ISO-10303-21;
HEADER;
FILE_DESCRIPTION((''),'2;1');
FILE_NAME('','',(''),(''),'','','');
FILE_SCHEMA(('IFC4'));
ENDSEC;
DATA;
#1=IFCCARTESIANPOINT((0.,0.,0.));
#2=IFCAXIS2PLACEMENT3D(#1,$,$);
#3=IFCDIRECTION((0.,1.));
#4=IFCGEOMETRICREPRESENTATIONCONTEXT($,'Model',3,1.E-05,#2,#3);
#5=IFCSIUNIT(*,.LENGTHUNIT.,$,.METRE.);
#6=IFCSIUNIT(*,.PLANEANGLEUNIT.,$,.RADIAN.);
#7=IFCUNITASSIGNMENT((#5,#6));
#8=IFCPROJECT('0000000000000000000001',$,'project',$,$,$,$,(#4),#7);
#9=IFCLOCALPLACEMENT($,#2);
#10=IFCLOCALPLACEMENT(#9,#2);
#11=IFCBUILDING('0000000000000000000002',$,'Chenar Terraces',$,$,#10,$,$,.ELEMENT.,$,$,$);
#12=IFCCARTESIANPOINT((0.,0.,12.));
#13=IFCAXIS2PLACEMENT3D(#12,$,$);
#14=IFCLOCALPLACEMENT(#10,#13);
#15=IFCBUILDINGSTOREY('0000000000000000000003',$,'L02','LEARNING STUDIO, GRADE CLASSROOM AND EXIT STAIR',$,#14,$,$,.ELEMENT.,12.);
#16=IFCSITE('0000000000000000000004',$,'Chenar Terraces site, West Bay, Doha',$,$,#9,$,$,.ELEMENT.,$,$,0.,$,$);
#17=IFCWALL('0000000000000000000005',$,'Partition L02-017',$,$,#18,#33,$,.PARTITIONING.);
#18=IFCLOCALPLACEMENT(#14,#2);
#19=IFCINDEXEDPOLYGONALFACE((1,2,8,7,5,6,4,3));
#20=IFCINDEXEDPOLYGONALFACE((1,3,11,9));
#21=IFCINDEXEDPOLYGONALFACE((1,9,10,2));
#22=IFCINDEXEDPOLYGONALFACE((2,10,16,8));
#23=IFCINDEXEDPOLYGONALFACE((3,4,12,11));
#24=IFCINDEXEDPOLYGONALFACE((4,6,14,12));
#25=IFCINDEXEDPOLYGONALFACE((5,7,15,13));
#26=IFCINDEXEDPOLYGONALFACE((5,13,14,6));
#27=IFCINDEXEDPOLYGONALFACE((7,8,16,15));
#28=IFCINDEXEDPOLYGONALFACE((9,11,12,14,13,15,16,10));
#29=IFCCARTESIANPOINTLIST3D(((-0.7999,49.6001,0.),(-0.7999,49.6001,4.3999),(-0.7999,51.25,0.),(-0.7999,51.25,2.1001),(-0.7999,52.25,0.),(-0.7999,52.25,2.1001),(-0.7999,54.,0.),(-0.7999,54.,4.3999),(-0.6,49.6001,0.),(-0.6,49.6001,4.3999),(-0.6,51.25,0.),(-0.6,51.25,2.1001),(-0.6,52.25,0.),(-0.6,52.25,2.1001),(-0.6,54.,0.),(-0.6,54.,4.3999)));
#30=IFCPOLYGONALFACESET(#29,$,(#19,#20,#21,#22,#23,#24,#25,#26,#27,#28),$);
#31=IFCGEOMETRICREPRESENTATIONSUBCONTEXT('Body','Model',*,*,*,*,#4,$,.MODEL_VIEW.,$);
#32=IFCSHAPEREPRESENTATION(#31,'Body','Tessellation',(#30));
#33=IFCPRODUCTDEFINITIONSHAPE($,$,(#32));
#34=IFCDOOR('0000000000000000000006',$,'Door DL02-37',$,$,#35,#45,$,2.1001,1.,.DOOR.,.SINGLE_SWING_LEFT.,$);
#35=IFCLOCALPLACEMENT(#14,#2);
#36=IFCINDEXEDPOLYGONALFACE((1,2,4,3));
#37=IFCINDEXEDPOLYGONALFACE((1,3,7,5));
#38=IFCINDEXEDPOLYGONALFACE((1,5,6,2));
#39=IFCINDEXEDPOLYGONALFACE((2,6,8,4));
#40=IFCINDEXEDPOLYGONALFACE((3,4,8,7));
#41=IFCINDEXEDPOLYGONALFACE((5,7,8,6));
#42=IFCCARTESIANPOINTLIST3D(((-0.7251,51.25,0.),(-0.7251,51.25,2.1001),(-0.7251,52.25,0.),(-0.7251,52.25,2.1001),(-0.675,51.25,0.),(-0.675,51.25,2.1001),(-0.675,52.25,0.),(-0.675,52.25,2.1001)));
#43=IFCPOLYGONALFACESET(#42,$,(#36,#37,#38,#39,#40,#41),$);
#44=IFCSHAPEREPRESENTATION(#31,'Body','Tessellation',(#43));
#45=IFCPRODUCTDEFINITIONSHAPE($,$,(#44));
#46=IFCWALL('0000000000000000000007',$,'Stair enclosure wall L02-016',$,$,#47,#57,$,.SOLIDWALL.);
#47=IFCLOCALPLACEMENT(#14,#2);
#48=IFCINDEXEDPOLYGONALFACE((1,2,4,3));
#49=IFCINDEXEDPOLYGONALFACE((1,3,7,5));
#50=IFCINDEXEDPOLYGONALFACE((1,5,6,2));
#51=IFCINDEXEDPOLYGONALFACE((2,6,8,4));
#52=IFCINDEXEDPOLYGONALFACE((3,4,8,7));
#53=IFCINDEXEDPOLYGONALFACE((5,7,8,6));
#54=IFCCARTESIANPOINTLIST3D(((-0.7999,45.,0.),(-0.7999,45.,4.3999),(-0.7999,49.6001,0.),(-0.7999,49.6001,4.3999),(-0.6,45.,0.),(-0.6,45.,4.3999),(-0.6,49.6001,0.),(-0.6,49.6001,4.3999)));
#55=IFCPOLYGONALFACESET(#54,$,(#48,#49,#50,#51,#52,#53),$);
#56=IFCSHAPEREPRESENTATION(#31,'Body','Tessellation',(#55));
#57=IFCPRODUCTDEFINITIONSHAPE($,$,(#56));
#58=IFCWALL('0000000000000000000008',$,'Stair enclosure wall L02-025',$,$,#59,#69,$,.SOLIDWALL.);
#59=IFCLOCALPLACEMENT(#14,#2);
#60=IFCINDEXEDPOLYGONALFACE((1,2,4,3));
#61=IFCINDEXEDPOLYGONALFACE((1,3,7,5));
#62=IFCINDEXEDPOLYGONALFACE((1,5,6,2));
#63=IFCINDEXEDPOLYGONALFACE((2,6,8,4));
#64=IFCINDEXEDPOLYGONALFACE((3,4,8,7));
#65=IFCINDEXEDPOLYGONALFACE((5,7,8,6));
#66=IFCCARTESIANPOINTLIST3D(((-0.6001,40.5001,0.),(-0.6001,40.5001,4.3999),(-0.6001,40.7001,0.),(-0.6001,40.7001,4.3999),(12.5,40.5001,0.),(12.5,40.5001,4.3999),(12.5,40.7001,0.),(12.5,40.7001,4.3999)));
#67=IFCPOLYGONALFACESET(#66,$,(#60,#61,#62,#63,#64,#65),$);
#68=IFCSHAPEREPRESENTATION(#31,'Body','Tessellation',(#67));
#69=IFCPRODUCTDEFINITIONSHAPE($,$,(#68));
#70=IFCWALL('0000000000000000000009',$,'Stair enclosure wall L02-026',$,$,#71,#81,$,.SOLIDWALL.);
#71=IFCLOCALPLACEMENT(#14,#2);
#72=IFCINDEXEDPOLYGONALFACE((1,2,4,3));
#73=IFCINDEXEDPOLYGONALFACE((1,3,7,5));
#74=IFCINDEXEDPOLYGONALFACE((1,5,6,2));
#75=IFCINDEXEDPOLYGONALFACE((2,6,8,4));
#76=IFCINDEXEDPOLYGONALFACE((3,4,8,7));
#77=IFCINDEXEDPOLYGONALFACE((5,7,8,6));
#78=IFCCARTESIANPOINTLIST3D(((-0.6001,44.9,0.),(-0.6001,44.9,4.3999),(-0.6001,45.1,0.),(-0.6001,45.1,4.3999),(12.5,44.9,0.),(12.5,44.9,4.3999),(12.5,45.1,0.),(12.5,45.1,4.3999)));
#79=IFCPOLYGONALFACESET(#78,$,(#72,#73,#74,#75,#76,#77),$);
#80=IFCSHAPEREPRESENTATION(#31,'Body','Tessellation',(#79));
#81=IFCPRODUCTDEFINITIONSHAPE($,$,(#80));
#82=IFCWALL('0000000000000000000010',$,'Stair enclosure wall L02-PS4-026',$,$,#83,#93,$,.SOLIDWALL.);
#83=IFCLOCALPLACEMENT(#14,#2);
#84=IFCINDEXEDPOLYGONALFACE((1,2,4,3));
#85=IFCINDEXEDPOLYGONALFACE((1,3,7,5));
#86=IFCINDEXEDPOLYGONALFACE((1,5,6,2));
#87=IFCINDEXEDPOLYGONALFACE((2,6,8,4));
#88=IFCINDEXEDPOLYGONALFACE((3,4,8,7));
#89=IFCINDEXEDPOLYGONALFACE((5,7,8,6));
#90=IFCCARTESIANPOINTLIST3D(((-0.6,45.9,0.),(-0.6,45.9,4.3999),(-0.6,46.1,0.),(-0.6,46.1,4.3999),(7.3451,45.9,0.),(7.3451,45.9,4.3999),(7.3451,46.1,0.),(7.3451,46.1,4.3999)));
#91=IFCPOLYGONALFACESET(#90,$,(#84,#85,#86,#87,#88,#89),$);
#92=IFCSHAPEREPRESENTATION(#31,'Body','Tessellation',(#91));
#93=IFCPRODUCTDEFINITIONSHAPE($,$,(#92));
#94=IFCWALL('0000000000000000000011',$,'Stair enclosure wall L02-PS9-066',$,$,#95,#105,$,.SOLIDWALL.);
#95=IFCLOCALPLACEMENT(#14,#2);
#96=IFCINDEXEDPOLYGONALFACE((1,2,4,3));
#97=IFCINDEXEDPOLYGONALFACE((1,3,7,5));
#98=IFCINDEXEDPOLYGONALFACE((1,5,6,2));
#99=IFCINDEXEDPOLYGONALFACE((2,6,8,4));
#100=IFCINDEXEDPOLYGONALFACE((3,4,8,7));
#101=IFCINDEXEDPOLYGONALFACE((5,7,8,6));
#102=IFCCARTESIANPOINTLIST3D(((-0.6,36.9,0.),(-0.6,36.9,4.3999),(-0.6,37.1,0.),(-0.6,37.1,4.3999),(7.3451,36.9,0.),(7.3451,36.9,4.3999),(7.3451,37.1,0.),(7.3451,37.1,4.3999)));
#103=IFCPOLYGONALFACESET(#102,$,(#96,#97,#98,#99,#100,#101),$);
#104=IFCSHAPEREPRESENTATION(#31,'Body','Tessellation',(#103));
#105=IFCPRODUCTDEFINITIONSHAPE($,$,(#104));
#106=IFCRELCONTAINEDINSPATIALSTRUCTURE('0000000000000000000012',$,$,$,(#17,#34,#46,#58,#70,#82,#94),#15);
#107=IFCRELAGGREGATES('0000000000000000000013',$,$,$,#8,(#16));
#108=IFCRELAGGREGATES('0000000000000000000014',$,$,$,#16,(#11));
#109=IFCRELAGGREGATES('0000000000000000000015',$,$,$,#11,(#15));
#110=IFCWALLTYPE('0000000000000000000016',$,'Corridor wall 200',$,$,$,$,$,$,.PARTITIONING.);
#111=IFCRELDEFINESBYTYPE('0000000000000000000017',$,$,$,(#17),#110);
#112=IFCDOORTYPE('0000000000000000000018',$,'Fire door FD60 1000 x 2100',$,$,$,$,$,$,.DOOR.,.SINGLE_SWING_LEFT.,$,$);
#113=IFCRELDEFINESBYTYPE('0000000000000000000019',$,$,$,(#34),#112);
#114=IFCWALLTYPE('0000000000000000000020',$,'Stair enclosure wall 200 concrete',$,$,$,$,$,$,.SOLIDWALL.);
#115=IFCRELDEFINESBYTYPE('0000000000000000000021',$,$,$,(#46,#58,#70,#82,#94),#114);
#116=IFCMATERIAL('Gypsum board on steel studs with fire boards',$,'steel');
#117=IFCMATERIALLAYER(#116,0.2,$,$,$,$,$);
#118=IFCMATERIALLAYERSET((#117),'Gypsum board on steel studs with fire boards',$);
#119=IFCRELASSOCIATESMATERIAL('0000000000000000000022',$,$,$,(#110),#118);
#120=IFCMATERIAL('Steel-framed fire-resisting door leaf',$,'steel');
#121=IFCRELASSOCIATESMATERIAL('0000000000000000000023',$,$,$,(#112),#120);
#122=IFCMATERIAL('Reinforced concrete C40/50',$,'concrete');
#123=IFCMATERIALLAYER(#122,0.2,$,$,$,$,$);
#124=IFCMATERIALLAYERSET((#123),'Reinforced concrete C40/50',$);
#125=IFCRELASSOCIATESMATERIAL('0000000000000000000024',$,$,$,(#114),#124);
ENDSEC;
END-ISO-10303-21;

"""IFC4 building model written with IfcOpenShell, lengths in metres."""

from ifc_helpers import new_model, si_unit, direction, frame, frame_2d, origin, place, context, subcontext, project, spatial, rectangle, extrude, material, layer, layer_set, type_object, element, fill, save


model = new_model("IFC4")

# Units and contexts
model_context = context("Model", 3, precision=1e-05, world=origin(), true_north=direction((0.0, 1.0)))
body_context = subcontext(model_context, "Body", "Model", "MODEL_VIEW")
ifc_project = project(units=[si_unit("LENGTHUNIT", "METRE"), si_unit("PLANEANGLEUNIT", "RADIAN")], contexts=[model_context])

# Site, building, storey
site_placement = place(None, origin())
site = spatial("IfcSite", under=ifc_project, at=site_placement, Name="Chenar Terraces site, West Bay, Doha", CompositionType="ELEMENT", RefElevation=0.0)
building_placement = place(site_placement, origin())
building = spatial("IfcBuilding", under=site, at=building_placement, Name="Chenar Terraces", CompositionType="ELEMENT")
storey_placement = place(building_placement, frame((0.0, 0.0, 12.0)))
storey = spatial("IfcBuildingStorey", under=building, at=storey_placement, Name="L02", Description="LEARNING STUDIO, GRADE CLASSROOM AND EXIT STAIR", CompositionType="ELEMENT", Elevation=12.0)

# Wall, opening, door
ifc_material_1 = material(Name="Gypsum board on steel studs with fire boards", Category="steel")
ifc_layer_1 = layer(ifc_material_1, 0.2)
ifc_layer_set_1 = layer_set([ifc_layer_1], Name="Gypsum board on steel studs with fire boards")
wall_type_1 = type_object("IfcWallType", Name="Corridor wall 200", PredefinedType="PARTITIONING", material=ifc_layer_set_1)
ifc_material_2 = material(Name="Steel-framed fire-resisting door leaf", Category="steel")
door_type_1 = type_object("IfcDoorType", Name="Fire door FD60 1000 x 2100", OperationType="SINGLE_SWING_LEFT", PredefinedType="DOOR", material=ifc_material_2)
wall_1_placement = place(storey_placement, frame((-0.7, 49.6001, 0.0), z_axis=(0.0, 0.0, 1.0), x_axis=(0.0, 1.0, 0.0)))
wall_1 = element("IfcWall", 1, at=wall_1_placement, inside=storey, type_object=wall_type_1, Name="Partition L02-017", PredefinedType="PARTITIONING", context=body_context, shape_type="SweptSolid", body=[
    extrude(rectangle(XDim=4.3999, YDim=0.2, at=frame_2d((2.2, 0.0))), origin(), (0.0, 0.0, 1.0), 4.3999),
])
opening_1_placement = place(wall_1_placement, frame((1.6499, 0.0, 0.0)))
opening_1 = element("IfcOpeningElement", 2, at=opening_1_placement, cuts=wall_1, PredefinedType="OPENING", context=body_context, shape_type="SweptSolid", body=[
    extrude(rectangle(XDim=1.0, YDim=2.1001, at=frame_2d((0.5, 1.05))), frame((0.0, 0.1099, 0.0), z_axis=(0.0, -1.0, 0.0), x_axis=(1.0, 0.0, 0.0)), (0.0, 0.0, 1.0), 0.22),
])
door_1_placement = place(opening_1_placement, frame((1.0, 0.0, 0.0), z_axis=(0.0, 0.0, 1.0), x_axis=(-1.0, 0.0, 0.0)))
door_1 = element("IfcDoor", 3, at=door_1_placement, inside=storey, type_object=door_type_1, Name="Door DL02-37", OperationType="SINGLE_SWING_LEFT", OverallHeight=2.1001, OverallWidth=1.0, PredefinedType="DOOR", context=body_context, shape_type="SweptSolid", body=[
    extrude(rectangle(XDim=1.0, YDim=2.1001, at=frame_2d((0.5, 1.05))), frame((0.0, 0.0249, 0.0), z_axis=(0.0, -1.0, 0.0), x_axis=(1.0, 0.0, 0.0)), (0.0, 0.0, 1.0), 0.05),
])
fill(opening_1, door_1)

# Walls
ifc_material_3 = material(Name="Reinforced concrete C40/50", Category="concrete")
ifc_layer_2 = layer(ifc_material_3, 0.2)
ifc_layer_set_2 = layer_set([ifc_layer_2], Name="Reinforced concrete C40/50")
wall_type_2 = type_object("IfcWallType", Name="Stair enclosure wall 200 concrete", PredefinedType="SOLIDWALL", material=ifc_layer_set_2)
wall_2_placement = place(storey_placement, frame((-0.7, 45.0, 0.0), z_axis=(0.0, 0.0, 1.0), x_axis=(0.0, 1.0, 0.0)))
element("IfcWall", 4, at=wall_2_placement, inside=storey, type_object=wall_type_2, Name="Stair enclosure wall L02-016", PredefinedType="SOLIDWALL", context=body_context, shape_type="SweptSolid", body=[
    extrude(rectangle(XDim=4.6001, YDim=0.2, at=frame_2d((2.3, 0.0))), origin(), (0.0, 0.0, 1.0), 4.3999),
])
for number, where, z_axis, x_axis, name in (
    (5, (-0.6001, 40.6001, 0.0), (0.0, 0.0, 1.0), (1.0, 0.0, 0.0), "Stair enclosure wall L02-025"),
    (6, (-0.6001, 45.0, 0.0), (0.0, 0.0, 1.0), (1.0, 0.0, 0.0), "Stair enclosure wall L02-026"),
):
    element("IfcWall", number, at=place(storey_placement, frame(where, z_axis=z_axis, x_axis=x_axis)), inside=storey, type_object=wall_type_2, Name=name, PredefinedType="SOLIDWALL", context=body_context, shape_type="SweptSolid", body=[
        extrude(rectangle(XDim=13.1001, YDim=0.2, at=frame_2d((6.55, 0.0))), origin(), (0.0, 0.0, 1.0), 4.3999),
    ])
for number, where, z_axis, x_axis, name in (
    (7, (-0.6001, 46.0, 0.0), (0.0, 0.0, 1.0), (1.0, 0.0, 0.0), "Stair enclosure wall L02-PS4-026"),
    (8, (-0.6001, 37.0, 0.0), (0.0, 0.0, 1.0), (1.0, 0.0, 0.0), "Stair enclosure wall L02-PS9-066"),
):
    element("IfcWall", number, at=place(storey_placement, frame(where, z_axis=z_axis, x_axis=x_axis)), inside=storey, type_object=wall_type_2, Name=name, PredefinedType="SOLIDWALL", context=body_context, shape_type="SweptSolid", body=[
        extrude(rectangle(XDim=7.9451, YDim=0.2, at=frame_2d((3.9727, 0.0))), origin(), (0.0, 0.0, 1.0), 4.3999),
    ])

save(model, "model.ifc")
